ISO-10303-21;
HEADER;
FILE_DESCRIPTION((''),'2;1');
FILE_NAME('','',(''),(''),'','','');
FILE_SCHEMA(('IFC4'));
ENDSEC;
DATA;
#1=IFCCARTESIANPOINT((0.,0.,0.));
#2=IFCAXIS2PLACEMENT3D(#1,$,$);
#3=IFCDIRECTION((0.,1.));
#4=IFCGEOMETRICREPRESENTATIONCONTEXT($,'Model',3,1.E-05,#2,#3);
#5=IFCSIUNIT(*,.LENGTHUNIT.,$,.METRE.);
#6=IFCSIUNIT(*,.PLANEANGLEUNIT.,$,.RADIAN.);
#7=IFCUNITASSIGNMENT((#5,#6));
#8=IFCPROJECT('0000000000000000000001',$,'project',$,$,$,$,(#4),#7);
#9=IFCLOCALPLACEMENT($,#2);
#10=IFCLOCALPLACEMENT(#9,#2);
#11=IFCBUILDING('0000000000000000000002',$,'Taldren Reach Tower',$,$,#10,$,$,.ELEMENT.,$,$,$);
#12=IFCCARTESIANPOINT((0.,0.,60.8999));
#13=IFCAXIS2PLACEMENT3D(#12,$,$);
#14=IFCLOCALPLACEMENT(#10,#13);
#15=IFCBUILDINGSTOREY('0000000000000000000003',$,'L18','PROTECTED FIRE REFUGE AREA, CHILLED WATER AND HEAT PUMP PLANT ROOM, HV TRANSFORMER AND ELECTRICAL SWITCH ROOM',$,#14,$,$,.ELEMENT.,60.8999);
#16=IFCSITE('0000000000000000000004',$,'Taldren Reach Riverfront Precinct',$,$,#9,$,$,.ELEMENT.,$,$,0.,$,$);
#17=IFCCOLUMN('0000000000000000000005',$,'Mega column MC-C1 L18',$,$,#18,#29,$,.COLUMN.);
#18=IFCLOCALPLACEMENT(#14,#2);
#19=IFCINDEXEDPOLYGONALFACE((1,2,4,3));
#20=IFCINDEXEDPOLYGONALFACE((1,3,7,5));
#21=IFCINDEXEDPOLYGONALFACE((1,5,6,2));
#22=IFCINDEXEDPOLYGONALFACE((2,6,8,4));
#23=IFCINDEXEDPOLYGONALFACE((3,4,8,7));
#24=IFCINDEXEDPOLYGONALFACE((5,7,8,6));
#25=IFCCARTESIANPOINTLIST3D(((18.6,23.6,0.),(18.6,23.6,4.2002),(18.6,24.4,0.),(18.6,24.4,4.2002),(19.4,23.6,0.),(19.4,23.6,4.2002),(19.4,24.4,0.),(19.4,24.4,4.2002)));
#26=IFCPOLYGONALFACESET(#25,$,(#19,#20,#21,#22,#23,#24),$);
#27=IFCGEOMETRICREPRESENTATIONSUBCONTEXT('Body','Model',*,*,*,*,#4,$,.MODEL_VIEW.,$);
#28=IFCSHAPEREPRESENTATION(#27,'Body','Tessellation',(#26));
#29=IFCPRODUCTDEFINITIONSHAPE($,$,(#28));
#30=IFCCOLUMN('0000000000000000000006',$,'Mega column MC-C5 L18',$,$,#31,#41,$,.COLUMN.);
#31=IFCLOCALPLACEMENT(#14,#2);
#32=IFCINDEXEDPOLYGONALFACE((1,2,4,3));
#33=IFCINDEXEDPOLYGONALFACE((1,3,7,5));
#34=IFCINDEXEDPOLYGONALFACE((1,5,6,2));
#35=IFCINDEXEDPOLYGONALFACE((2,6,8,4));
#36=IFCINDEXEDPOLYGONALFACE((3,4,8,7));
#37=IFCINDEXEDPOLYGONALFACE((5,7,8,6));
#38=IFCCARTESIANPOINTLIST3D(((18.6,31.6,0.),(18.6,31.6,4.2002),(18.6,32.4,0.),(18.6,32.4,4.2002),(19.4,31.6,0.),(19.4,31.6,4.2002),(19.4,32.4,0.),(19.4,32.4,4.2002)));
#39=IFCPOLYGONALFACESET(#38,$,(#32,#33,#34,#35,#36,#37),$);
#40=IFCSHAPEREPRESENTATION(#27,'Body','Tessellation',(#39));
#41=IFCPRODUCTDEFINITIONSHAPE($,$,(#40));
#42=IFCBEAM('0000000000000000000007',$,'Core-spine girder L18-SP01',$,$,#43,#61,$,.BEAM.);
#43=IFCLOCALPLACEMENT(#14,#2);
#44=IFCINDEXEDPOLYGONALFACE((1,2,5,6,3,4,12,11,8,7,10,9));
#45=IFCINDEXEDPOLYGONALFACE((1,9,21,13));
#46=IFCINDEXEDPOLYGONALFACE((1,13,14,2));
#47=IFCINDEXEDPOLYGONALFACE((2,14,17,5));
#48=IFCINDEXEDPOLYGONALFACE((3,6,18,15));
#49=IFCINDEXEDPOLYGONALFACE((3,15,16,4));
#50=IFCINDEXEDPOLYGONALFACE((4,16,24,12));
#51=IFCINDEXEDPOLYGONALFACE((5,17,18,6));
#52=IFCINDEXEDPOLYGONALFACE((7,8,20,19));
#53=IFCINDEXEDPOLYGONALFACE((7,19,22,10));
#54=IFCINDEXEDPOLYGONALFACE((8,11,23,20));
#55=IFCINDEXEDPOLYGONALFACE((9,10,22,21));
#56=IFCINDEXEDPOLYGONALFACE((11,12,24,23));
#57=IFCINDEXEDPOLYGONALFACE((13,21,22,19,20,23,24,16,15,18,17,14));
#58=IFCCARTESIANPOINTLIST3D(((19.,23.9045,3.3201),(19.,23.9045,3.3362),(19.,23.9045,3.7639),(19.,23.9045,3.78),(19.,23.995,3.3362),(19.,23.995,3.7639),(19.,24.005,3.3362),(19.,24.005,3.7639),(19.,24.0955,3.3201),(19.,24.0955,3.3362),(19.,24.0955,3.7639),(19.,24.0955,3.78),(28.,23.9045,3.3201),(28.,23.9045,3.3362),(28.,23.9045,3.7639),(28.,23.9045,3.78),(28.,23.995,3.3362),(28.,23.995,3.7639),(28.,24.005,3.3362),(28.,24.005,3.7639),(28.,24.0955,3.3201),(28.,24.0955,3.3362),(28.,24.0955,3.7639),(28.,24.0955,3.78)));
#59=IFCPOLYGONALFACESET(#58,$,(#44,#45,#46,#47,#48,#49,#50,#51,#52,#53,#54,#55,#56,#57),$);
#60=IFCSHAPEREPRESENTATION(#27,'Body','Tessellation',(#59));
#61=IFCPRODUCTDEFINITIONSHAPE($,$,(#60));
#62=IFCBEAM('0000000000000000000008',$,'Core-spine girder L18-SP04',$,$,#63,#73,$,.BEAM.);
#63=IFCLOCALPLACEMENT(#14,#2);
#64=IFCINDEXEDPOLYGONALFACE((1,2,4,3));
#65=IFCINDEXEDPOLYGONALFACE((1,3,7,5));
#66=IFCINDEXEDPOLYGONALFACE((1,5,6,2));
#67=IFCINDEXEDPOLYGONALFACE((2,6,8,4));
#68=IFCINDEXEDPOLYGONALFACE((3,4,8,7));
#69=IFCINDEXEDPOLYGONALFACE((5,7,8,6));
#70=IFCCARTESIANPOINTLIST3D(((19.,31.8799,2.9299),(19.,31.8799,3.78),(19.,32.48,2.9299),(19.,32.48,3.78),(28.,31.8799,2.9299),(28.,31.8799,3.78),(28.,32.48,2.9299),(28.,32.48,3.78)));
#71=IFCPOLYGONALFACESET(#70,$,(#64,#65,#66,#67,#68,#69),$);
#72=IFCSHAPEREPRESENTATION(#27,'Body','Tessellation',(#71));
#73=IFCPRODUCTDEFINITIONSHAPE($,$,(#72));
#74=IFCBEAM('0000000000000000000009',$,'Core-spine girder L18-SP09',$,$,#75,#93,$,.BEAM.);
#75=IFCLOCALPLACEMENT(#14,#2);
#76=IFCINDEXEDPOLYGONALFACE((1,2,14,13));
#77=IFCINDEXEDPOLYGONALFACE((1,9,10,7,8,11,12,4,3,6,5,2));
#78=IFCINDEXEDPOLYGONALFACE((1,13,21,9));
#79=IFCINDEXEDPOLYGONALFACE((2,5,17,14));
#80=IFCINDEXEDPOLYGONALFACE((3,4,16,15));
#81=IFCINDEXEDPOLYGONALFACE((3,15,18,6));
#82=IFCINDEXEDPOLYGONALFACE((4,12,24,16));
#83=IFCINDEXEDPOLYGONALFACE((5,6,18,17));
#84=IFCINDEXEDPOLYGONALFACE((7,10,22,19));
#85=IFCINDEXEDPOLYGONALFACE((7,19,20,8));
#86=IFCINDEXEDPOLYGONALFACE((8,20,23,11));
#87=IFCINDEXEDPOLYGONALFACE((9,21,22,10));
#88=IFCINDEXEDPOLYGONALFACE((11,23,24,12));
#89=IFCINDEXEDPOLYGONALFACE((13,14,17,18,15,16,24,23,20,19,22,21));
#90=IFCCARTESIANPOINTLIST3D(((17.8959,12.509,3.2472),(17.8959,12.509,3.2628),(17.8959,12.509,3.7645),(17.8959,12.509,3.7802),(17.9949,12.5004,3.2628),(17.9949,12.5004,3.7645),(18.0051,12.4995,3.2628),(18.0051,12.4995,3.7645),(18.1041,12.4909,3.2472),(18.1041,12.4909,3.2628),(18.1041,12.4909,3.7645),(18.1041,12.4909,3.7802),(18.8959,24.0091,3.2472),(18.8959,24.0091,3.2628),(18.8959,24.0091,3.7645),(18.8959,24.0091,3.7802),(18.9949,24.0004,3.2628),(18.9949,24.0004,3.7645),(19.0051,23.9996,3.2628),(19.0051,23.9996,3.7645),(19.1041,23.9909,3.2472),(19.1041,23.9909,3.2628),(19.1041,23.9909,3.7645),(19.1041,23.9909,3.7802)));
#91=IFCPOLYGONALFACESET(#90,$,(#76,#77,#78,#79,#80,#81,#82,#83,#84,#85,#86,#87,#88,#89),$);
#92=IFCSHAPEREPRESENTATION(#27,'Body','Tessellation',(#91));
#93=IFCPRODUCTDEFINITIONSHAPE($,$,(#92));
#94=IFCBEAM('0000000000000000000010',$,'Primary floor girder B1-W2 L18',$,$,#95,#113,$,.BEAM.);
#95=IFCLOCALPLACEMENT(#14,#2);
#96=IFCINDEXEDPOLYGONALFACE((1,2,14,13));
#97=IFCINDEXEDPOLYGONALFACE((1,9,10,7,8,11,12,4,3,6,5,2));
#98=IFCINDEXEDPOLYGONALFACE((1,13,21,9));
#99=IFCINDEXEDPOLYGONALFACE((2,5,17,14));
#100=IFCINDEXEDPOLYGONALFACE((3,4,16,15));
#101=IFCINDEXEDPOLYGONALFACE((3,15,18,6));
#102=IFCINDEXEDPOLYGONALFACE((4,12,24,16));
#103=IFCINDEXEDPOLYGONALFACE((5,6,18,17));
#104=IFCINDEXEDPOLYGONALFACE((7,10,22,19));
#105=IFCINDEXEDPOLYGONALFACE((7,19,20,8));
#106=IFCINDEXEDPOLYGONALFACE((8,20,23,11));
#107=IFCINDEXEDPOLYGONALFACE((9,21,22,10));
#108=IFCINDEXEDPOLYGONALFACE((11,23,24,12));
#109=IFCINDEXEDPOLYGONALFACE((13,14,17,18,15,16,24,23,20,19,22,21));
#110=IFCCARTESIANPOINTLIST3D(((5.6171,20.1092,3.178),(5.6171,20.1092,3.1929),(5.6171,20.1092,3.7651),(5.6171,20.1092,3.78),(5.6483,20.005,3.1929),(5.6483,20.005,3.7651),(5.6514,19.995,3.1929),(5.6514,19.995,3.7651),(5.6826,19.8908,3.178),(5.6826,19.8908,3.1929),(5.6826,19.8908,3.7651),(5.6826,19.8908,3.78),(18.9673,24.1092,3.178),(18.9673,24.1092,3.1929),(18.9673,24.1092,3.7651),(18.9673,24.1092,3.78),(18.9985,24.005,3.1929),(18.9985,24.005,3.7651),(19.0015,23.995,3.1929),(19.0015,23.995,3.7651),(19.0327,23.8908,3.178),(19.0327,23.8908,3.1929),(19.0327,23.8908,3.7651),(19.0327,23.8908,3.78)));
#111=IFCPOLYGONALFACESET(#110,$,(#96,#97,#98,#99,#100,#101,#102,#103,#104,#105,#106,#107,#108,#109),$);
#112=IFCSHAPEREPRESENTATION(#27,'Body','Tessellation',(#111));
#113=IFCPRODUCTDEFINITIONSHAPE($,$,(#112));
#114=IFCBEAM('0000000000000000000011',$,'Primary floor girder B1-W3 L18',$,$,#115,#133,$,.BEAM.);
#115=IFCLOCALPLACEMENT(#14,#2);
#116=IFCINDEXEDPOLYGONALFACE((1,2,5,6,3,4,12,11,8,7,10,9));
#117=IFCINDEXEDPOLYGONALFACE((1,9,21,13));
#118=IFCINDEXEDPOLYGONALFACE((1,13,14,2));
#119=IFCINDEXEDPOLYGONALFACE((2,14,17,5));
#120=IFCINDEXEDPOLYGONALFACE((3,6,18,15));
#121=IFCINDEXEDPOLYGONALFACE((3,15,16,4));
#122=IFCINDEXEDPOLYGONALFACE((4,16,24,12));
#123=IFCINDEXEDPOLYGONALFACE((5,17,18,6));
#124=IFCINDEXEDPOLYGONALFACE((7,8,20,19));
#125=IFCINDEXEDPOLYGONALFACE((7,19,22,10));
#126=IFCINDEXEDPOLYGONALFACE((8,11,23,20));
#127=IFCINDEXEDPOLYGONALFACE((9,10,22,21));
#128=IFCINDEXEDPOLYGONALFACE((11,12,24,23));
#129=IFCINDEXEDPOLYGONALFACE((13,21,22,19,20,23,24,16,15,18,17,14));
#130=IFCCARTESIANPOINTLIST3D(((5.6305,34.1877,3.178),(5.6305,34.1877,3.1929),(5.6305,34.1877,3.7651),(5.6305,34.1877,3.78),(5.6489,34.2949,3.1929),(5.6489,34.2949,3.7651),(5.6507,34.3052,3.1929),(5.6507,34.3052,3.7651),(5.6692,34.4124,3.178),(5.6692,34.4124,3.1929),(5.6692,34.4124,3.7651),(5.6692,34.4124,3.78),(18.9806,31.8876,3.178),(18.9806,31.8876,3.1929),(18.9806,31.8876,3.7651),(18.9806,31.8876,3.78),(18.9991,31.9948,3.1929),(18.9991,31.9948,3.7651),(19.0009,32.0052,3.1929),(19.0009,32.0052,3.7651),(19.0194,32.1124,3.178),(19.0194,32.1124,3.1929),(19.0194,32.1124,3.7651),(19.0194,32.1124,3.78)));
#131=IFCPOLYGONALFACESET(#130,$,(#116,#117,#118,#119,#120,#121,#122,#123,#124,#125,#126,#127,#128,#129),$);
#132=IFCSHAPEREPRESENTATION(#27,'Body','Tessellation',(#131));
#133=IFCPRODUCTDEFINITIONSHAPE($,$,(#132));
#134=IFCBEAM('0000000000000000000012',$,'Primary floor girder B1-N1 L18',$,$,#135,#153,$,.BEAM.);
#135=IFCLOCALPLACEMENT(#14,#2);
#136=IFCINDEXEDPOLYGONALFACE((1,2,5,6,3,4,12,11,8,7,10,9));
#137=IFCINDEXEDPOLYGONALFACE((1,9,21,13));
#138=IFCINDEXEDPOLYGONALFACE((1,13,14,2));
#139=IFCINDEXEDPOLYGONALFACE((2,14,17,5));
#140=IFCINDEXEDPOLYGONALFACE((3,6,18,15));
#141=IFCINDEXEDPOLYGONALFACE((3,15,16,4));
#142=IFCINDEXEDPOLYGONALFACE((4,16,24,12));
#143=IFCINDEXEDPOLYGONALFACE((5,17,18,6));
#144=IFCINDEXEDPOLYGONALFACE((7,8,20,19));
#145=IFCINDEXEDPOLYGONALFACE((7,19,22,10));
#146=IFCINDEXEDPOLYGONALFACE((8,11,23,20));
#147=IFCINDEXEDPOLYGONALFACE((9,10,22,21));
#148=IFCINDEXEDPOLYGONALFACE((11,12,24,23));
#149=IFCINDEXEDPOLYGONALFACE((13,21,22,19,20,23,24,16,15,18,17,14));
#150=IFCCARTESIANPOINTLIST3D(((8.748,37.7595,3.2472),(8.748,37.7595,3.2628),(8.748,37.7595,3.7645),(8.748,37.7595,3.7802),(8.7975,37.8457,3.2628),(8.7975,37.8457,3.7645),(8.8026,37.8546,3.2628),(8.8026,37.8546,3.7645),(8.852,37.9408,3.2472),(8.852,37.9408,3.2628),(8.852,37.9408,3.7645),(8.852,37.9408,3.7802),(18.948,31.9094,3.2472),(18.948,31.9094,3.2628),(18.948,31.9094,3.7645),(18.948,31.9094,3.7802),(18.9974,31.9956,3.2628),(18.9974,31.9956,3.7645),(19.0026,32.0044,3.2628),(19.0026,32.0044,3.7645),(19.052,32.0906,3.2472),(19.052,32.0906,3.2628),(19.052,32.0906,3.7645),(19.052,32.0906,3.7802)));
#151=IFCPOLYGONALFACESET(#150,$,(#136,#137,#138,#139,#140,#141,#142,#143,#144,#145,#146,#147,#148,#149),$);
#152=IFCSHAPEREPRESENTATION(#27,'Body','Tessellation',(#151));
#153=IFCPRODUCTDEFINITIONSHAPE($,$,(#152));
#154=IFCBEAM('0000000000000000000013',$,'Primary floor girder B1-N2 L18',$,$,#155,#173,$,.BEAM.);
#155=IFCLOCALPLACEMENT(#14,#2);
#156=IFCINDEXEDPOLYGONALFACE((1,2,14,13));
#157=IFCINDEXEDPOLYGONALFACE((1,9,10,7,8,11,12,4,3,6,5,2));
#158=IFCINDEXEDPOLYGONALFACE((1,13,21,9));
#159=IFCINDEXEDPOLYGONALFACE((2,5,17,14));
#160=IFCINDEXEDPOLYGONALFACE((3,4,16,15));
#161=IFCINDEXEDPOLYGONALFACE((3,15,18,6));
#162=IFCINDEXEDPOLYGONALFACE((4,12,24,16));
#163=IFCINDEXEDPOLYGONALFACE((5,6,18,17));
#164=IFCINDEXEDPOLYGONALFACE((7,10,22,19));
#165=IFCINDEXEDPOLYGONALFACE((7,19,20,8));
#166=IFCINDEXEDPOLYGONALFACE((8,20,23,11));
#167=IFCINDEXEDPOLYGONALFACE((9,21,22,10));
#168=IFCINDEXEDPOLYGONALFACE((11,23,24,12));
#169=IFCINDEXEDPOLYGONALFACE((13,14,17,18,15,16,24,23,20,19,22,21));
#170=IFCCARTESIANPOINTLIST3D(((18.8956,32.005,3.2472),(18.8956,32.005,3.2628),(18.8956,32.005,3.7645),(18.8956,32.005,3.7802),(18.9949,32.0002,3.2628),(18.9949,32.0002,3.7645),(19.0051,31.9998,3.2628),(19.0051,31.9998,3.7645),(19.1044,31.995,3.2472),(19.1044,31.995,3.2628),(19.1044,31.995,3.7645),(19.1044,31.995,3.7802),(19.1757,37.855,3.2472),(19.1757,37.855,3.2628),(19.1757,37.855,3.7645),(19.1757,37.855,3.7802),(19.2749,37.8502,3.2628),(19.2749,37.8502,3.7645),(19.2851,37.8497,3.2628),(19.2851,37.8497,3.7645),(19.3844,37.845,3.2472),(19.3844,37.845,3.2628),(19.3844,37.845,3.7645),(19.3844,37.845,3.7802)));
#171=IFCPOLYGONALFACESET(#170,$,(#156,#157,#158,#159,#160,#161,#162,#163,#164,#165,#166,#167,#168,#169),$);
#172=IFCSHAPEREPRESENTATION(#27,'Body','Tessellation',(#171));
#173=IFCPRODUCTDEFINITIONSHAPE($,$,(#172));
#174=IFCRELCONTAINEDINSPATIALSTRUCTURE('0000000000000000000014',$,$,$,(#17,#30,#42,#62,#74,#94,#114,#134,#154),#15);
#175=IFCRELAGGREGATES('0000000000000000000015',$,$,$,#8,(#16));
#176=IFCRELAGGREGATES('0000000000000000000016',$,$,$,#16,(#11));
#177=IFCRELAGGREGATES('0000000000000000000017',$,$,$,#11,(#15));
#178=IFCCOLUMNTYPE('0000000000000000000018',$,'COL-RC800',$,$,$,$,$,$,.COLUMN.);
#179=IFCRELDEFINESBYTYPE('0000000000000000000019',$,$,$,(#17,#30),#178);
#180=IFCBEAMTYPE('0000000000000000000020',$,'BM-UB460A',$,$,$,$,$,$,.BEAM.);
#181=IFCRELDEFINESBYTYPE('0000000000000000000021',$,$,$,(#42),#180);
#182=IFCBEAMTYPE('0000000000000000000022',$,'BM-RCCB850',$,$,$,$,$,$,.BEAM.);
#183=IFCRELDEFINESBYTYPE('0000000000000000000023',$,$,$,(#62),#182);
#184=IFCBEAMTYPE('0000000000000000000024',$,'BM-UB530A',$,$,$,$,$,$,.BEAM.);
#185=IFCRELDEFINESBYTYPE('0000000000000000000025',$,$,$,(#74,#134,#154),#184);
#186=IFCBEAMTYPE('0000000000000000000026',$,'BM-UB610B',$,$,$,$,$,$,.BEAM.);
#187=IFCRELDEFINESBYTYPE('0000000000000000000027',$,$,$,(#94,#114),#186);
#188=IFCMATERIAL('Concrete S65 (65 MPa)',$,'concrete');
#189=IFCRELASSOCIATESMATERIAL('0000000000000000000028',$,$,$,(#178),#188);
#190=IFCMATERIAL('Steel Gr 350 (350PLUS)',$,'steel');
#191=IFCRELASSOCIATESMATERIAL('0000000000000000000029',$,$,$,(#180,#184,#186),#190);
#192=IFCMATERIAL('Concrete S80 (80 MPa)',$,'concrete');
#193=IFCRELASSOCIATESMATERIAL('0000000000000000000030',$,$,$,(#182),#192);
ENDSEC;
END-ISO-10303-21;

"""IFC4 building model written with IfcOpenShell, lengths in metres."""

from ifc_helpers import new_model, si_unit, direction, frame, origin, origin_2d, place, context, subcontext, project, spatial, rectangle, i_section, extrude, source, transform, mapped, material, material_profile, profile_set, type_object, element, save


model = new_model("IFC4")

# Units and contexts
model_context = context("Model", 3, precision=1e-05, world=origin(), true_north=direction((0.0, 1.0)))
body_context = subcontext(model_context, "Body", "Model", "MODEL_VIEW")
ifc_project = project(units=[si_unit("LENGTHUNIT", "METRE"), si_unit("PLANEANGLEUNIT", "RADIAN")], contexts=[model_context])

# Site, building, storey
site_placement = place(None, origin())
site = spatial("IfcSite", under=ifc_project, at=site_placement, Name="Taldren Reach Riverfront Precinct", CompositionType="ELEMENT", RefElevation=0.0)
building_placement = place(site_placement, origin())
building = spatial("IfcBuilding", under=site, at=building_placement, Name="Taldren Reach Tower", CompositionType="ELEMENT")
storey_placement = place(building_placement, frame((0.0, 0.0, 60.8999)))
storey = spatial("IfcBuildingStorey", under=building, at=storey_placement, Name="L18", Description="PROTECTED FIRE REFUGE AREA, CHILLED WATER AND HEAT PUMP PLANT ROOM, HV TRANSFORMER AND ELECTRICAL SWITCH ROOM", CompositionType="ELEMENT", Elevation=60.8999)

# Columns
ifc_material_1 = material(Name="Concrete S65 (65 MPa)", Category="concrete")
ifc_material_profile_1 = material_profile(ifc_material_1, rectangle(XDim=0.8, YDim=0.8, at=origin_2d()), Name="RC-800x800")
ifc_profile_set_1 = profile_set([ifc_material_profile_1], Name="Concrete S65 (65 MPa)")
column_type = type_object("IfcColumnType", Name="COL-RC800", PredefinedType="COLUMN", material=ifc_profile_set_1)
shared_shape_1 = source(origin(), body_context, "Body", "SweptSolid", [
    extrude(rectangle(XDim=0.8, YDim=0.8, at=origin_2d()), origin(), (0.0, 0.0, 1.0), 4.2002),
])
for number, where, z_axis, x_axis, name in (
    (1, (19.0, 24.0, 0.0), (0.0, 0.0, 1.0), (1.0, 0.0, 0.0), "Mega column MC-C1 L18"),
    (2, (19.0, 32.0, 0.0), (0.0, 0.0, 1.0), (1.0, 0.0, 0.0), "Mega column MC-C5 L18"),
):
    element("IfcColumn", number, at=place(storey_placement, frame(where, z_axis=z_axis, x_axis=x_axis)), inside=storey, type_object=column_type, Name=name, PredefinedType="COLUMN", context=body_context, shape_type="MappedRepresentation", body=[
        mapped(shared_shape_1, transform((0.0, 0.0, 0.0), scale=1.0)),
    ])

# Beams
ifc_material_2 = material(Name="Steel Gr 350 (350PLUS)", Category="steel")
ifc_material_profile_2 = material_profile(ifc_material_2, i_section(OverallWidth=0.1909, OverallDepth=0.46, WebThickness=0.01, FlangeThickness=0.0161, at=origin_2d()), Name="460UB82.1")
ifc_profile_set_2 = profile_set([ifc_material_profile_2], Name="Steel Gr 350 (350PLUS)")
beam_type_1 = type_object("IfcBeamType", Name="BM-UB460A", PredefinedType="BEAM", material=ifc_profile_set_2)
shared_shape_2 = source(origin(), body_context, "Body", "SweptSolid", [
    extrude(i_section(OverallWidth=0.1909, OverallDepth=0.46, WebThickness=0.01, FlangeThickness=0.0161, at=origin_2d()), origin(), (0.0, 0.0, 1.0), 9.0),
])
beam_1_placement = place(storey_placement, frame((19.0, 24.0, 3.55), z_axis=(1.0, 0.0, 0.0), x_axis=(0.0, 1.0, 0.0)))
element("IfcBeam", 3, at=beam_1_placement, inside=storey, type_object=beam_type_1, Name="Core-spine girder L18-SP01", PredefinedType="BEAM", context=body_context, shape_type="MappedRepresentation", body=[
    mapped(shared_shape_2, transform((0.0, 0.0, 0.0), scale=1.0)),
])
ifc_material_3 = material(Name="Concrete S80 (80 MPa)", Category="concrete")
ifc_material_profile_3 = material_profile(ifc_material_3, rectangle(XDim=0.6001, YDim=0.8501, at=origin_2d()), Name="RC-CB600x850")
ifc_profile_set_3 = profile_set([ifc_material_profile_3], Name="Concrete S80 (80 MPa)")
beam_type_2 = type_object("IfcBeamType", Name="BM-RCCB850", PredefinedType="BEAM", material=ifc_profile_set_3)
shared_shape_3 = source(origin(), body_context, "Body", "SweptSolid", [
    extrude(rectangle(XDim=0.6001, YDim=0.8501, at=origin_2d()), origin(), (0.0, 0.0, 1.0), 9.0),
])
beam_2_placement = place(storey_placement, frame((19.0, 32.1799, 3.355), z_axis=(1.0, 0.0, 0.0), x_axis=(0.0, 1.0, 0.0)))
element("IfcBeam", 4, at=beam_2_placement, inside=storey, type_object=beam_type_2, Name="Core-spine girder L18-SP04", PredefinedType="BEAM", context=body_context, shape_type="MappedRepresentation", body=[
    mapped(shared_shape_3, transform((0.0, 0.0, 0.0), scale=1.0)),
])
ifc_material_profile_4 = material_profile(ifc_material_2, i_section(OverallWidth=0.209, OverallDepth=0.533, WebThickness=0.0103, FlangeThickness=0.0156, at=origin_2d()), Name="530UB92.4")
ifc_profile_set_4 = profile_set([ifc_material_profile_4], Name="Steel Gr 350 (350PLUS)")
beam_type_3 = type_object("IfcBeamType", Name="BM-UB530A", PredefinedType="BEAM", material=ifc_profile_set_4)
shared_shape_4 = source(origin(), body_context, "Body", "SweptSolid", [
    extrude(i_section(OverallWidth=0.209, OverallDepth=0.533, WebThickness=0.0103, FlangeThickness=0.0156, at=origin_2d()), origin(), (0.0, 0.0, 1.0), 11.5435),
])
beam_3_placement = place(storey_placement, frame((19.0, 24.0, 3.5137), z_axis=(-0.08663, -0.996241, 0.0), x_axis=(0.996241, -0.08663, 0.0)))
element("IfcBeam", 5, at=beam_3_placement, inside=storey, type_object=beam_type_3, Name="Core-spine girder L18-SP09", PredefinedType="BEAM", context=body_context, shape_type="MappedRepresentation", body=[
    mapped(shared_shape_4, transform((0.0, 0.0, 0.0), scale=1.0)),
])
ifc_material_profile_5 = material_profile(ifc_material_2, i_section(OverallWidth=0.228, OverallDepth=0.6021, WebThickness=0.0105, FlangeThickness=0.0149, at=origin_2d()), Name="610UB101")
ifc_profile_set_5 = profile_set([ifc_material_profile_5], Name="Steel Gr 350 (350PLUS)")
beam_type_4 = type_object("IfcBeamType", Name="BM-UB610B", PredefinedType="BEAM", material=ifc_profile_set_5)
shared_shape_5 = source(origin(), body_context, "Body", "SweptSolid", [
    extrude(i_section(OverallWidth=0.228, OverallDepth=0.6021, WebThickness=0.0105, FlangeThickness=0.0149, at=origin_2d()), origin(), (0.0, 0.0, 1.0), 13.9365),
])
beam_4_placement = place(storey_placement, frame((19.0, 24.0, 3.479), z_axis=(-0.957926, -0.287017, 0.0), x_axis=(0.287017, -0.957926, 0.0)))
element("IfcBeam", 6, at=beam_4_placement, inside=storey, type_object=beam_type_4, Name="Primary floor girder B1-W2 L18", PredefinedType="BEAM", context=body_context, shape_type="MappedRepresentation", body=[
    mapped(shared_shape_5, transform((0.0, 0.0, 0.0), scale=1.0)),
])
shared_shape_6 = source(origin(), body_context, "Body", "SweptSolid", [
    extrude(i_section(OverallWidth=0.228, OverallDepth=0.6021, WebThickness=0.0105, FlangeThickness=0.0149, at=origin_2d()), origin(), (0.0, 0.0, 1.0), 13.5469),
])
beam_5_placement = place(storey_placement, frame((19.0, 32.0, 3.479), z_axis=(-0.985481, 0.169786, 0.0), x_axis=(-0.169786, -0.985481, 0.0)))
element("IfcBeam", 7, at=beam_5_placement, inside=storey, type_object=beam_type_4, Name="Primary floor girder B1-W3 L18", PredefinedType="BEAM", context=body_context, shape_type="MappedRepresentation", body=[
    mapped(shared_shape_6, transform((0.0, 0.0, 0.0), scale=1.0)),
])
shared_shape_7 = source(origin(), body_context, "Body", "SweptSolid", [
    extrude(i_section(OverallWidth=0.209, OverallDepth=0.533, WebThickness=0.0103, FlangeThickness=0.0156, at=origin_2d()), origin(), (0.0, 0.0, 1.0), 11.7585),
])
beam_6_placement = place(storey_placement, frame((19.0, 32.0, 3.5137), z_axis=(-0.867452, 0.49752, 0.0), x_axis=(-0.49752, -0.867452, 0.0)))
element("IfcBeam", 8, at=beam_6_placement, inside=storey, type_object=beam_type_3, Name="Primary floor girder B1-N1 L18", PredefinedType="BEAM", context=body_context, shape_type="MappedRepresentation", body=[
    mapped(shared_shape_7, transform((0.0, 0.0, 0.0), scale=1.0)),
])
shared_shape_8 = source(origin(), body_context, "Body", "SweptSolid", [
    extrude(i_section(OverallWidth=0.209, OverallDepth=0.533, WebThickness=0.0103, FlangeThickness=0.0156, at=origin_2d()), origin(), (0.0, 0.0, 1.0), 5.8567),
])
beam_7_placement = place(storey_placement, frame((19.0, 32.0, 3.5137), z_axis=(0.047813, 0.998856, 0.0), x_axis=(-0.998856, 0.047813, 0.0)))
element("IfcBeam", 9, at=beam_7_placement, inside=storey, type_object=beam_type_3, Name="Primary floor girder B1-N2 L18", PredefinedType="BEAM", context=body_context, shape_type="MappedRepresentation", body=[
    mapped(shared_shape_8, transform((0.0, 0.0, 0.0), scale=1.0)),
])

save(model, "model.ifc")
